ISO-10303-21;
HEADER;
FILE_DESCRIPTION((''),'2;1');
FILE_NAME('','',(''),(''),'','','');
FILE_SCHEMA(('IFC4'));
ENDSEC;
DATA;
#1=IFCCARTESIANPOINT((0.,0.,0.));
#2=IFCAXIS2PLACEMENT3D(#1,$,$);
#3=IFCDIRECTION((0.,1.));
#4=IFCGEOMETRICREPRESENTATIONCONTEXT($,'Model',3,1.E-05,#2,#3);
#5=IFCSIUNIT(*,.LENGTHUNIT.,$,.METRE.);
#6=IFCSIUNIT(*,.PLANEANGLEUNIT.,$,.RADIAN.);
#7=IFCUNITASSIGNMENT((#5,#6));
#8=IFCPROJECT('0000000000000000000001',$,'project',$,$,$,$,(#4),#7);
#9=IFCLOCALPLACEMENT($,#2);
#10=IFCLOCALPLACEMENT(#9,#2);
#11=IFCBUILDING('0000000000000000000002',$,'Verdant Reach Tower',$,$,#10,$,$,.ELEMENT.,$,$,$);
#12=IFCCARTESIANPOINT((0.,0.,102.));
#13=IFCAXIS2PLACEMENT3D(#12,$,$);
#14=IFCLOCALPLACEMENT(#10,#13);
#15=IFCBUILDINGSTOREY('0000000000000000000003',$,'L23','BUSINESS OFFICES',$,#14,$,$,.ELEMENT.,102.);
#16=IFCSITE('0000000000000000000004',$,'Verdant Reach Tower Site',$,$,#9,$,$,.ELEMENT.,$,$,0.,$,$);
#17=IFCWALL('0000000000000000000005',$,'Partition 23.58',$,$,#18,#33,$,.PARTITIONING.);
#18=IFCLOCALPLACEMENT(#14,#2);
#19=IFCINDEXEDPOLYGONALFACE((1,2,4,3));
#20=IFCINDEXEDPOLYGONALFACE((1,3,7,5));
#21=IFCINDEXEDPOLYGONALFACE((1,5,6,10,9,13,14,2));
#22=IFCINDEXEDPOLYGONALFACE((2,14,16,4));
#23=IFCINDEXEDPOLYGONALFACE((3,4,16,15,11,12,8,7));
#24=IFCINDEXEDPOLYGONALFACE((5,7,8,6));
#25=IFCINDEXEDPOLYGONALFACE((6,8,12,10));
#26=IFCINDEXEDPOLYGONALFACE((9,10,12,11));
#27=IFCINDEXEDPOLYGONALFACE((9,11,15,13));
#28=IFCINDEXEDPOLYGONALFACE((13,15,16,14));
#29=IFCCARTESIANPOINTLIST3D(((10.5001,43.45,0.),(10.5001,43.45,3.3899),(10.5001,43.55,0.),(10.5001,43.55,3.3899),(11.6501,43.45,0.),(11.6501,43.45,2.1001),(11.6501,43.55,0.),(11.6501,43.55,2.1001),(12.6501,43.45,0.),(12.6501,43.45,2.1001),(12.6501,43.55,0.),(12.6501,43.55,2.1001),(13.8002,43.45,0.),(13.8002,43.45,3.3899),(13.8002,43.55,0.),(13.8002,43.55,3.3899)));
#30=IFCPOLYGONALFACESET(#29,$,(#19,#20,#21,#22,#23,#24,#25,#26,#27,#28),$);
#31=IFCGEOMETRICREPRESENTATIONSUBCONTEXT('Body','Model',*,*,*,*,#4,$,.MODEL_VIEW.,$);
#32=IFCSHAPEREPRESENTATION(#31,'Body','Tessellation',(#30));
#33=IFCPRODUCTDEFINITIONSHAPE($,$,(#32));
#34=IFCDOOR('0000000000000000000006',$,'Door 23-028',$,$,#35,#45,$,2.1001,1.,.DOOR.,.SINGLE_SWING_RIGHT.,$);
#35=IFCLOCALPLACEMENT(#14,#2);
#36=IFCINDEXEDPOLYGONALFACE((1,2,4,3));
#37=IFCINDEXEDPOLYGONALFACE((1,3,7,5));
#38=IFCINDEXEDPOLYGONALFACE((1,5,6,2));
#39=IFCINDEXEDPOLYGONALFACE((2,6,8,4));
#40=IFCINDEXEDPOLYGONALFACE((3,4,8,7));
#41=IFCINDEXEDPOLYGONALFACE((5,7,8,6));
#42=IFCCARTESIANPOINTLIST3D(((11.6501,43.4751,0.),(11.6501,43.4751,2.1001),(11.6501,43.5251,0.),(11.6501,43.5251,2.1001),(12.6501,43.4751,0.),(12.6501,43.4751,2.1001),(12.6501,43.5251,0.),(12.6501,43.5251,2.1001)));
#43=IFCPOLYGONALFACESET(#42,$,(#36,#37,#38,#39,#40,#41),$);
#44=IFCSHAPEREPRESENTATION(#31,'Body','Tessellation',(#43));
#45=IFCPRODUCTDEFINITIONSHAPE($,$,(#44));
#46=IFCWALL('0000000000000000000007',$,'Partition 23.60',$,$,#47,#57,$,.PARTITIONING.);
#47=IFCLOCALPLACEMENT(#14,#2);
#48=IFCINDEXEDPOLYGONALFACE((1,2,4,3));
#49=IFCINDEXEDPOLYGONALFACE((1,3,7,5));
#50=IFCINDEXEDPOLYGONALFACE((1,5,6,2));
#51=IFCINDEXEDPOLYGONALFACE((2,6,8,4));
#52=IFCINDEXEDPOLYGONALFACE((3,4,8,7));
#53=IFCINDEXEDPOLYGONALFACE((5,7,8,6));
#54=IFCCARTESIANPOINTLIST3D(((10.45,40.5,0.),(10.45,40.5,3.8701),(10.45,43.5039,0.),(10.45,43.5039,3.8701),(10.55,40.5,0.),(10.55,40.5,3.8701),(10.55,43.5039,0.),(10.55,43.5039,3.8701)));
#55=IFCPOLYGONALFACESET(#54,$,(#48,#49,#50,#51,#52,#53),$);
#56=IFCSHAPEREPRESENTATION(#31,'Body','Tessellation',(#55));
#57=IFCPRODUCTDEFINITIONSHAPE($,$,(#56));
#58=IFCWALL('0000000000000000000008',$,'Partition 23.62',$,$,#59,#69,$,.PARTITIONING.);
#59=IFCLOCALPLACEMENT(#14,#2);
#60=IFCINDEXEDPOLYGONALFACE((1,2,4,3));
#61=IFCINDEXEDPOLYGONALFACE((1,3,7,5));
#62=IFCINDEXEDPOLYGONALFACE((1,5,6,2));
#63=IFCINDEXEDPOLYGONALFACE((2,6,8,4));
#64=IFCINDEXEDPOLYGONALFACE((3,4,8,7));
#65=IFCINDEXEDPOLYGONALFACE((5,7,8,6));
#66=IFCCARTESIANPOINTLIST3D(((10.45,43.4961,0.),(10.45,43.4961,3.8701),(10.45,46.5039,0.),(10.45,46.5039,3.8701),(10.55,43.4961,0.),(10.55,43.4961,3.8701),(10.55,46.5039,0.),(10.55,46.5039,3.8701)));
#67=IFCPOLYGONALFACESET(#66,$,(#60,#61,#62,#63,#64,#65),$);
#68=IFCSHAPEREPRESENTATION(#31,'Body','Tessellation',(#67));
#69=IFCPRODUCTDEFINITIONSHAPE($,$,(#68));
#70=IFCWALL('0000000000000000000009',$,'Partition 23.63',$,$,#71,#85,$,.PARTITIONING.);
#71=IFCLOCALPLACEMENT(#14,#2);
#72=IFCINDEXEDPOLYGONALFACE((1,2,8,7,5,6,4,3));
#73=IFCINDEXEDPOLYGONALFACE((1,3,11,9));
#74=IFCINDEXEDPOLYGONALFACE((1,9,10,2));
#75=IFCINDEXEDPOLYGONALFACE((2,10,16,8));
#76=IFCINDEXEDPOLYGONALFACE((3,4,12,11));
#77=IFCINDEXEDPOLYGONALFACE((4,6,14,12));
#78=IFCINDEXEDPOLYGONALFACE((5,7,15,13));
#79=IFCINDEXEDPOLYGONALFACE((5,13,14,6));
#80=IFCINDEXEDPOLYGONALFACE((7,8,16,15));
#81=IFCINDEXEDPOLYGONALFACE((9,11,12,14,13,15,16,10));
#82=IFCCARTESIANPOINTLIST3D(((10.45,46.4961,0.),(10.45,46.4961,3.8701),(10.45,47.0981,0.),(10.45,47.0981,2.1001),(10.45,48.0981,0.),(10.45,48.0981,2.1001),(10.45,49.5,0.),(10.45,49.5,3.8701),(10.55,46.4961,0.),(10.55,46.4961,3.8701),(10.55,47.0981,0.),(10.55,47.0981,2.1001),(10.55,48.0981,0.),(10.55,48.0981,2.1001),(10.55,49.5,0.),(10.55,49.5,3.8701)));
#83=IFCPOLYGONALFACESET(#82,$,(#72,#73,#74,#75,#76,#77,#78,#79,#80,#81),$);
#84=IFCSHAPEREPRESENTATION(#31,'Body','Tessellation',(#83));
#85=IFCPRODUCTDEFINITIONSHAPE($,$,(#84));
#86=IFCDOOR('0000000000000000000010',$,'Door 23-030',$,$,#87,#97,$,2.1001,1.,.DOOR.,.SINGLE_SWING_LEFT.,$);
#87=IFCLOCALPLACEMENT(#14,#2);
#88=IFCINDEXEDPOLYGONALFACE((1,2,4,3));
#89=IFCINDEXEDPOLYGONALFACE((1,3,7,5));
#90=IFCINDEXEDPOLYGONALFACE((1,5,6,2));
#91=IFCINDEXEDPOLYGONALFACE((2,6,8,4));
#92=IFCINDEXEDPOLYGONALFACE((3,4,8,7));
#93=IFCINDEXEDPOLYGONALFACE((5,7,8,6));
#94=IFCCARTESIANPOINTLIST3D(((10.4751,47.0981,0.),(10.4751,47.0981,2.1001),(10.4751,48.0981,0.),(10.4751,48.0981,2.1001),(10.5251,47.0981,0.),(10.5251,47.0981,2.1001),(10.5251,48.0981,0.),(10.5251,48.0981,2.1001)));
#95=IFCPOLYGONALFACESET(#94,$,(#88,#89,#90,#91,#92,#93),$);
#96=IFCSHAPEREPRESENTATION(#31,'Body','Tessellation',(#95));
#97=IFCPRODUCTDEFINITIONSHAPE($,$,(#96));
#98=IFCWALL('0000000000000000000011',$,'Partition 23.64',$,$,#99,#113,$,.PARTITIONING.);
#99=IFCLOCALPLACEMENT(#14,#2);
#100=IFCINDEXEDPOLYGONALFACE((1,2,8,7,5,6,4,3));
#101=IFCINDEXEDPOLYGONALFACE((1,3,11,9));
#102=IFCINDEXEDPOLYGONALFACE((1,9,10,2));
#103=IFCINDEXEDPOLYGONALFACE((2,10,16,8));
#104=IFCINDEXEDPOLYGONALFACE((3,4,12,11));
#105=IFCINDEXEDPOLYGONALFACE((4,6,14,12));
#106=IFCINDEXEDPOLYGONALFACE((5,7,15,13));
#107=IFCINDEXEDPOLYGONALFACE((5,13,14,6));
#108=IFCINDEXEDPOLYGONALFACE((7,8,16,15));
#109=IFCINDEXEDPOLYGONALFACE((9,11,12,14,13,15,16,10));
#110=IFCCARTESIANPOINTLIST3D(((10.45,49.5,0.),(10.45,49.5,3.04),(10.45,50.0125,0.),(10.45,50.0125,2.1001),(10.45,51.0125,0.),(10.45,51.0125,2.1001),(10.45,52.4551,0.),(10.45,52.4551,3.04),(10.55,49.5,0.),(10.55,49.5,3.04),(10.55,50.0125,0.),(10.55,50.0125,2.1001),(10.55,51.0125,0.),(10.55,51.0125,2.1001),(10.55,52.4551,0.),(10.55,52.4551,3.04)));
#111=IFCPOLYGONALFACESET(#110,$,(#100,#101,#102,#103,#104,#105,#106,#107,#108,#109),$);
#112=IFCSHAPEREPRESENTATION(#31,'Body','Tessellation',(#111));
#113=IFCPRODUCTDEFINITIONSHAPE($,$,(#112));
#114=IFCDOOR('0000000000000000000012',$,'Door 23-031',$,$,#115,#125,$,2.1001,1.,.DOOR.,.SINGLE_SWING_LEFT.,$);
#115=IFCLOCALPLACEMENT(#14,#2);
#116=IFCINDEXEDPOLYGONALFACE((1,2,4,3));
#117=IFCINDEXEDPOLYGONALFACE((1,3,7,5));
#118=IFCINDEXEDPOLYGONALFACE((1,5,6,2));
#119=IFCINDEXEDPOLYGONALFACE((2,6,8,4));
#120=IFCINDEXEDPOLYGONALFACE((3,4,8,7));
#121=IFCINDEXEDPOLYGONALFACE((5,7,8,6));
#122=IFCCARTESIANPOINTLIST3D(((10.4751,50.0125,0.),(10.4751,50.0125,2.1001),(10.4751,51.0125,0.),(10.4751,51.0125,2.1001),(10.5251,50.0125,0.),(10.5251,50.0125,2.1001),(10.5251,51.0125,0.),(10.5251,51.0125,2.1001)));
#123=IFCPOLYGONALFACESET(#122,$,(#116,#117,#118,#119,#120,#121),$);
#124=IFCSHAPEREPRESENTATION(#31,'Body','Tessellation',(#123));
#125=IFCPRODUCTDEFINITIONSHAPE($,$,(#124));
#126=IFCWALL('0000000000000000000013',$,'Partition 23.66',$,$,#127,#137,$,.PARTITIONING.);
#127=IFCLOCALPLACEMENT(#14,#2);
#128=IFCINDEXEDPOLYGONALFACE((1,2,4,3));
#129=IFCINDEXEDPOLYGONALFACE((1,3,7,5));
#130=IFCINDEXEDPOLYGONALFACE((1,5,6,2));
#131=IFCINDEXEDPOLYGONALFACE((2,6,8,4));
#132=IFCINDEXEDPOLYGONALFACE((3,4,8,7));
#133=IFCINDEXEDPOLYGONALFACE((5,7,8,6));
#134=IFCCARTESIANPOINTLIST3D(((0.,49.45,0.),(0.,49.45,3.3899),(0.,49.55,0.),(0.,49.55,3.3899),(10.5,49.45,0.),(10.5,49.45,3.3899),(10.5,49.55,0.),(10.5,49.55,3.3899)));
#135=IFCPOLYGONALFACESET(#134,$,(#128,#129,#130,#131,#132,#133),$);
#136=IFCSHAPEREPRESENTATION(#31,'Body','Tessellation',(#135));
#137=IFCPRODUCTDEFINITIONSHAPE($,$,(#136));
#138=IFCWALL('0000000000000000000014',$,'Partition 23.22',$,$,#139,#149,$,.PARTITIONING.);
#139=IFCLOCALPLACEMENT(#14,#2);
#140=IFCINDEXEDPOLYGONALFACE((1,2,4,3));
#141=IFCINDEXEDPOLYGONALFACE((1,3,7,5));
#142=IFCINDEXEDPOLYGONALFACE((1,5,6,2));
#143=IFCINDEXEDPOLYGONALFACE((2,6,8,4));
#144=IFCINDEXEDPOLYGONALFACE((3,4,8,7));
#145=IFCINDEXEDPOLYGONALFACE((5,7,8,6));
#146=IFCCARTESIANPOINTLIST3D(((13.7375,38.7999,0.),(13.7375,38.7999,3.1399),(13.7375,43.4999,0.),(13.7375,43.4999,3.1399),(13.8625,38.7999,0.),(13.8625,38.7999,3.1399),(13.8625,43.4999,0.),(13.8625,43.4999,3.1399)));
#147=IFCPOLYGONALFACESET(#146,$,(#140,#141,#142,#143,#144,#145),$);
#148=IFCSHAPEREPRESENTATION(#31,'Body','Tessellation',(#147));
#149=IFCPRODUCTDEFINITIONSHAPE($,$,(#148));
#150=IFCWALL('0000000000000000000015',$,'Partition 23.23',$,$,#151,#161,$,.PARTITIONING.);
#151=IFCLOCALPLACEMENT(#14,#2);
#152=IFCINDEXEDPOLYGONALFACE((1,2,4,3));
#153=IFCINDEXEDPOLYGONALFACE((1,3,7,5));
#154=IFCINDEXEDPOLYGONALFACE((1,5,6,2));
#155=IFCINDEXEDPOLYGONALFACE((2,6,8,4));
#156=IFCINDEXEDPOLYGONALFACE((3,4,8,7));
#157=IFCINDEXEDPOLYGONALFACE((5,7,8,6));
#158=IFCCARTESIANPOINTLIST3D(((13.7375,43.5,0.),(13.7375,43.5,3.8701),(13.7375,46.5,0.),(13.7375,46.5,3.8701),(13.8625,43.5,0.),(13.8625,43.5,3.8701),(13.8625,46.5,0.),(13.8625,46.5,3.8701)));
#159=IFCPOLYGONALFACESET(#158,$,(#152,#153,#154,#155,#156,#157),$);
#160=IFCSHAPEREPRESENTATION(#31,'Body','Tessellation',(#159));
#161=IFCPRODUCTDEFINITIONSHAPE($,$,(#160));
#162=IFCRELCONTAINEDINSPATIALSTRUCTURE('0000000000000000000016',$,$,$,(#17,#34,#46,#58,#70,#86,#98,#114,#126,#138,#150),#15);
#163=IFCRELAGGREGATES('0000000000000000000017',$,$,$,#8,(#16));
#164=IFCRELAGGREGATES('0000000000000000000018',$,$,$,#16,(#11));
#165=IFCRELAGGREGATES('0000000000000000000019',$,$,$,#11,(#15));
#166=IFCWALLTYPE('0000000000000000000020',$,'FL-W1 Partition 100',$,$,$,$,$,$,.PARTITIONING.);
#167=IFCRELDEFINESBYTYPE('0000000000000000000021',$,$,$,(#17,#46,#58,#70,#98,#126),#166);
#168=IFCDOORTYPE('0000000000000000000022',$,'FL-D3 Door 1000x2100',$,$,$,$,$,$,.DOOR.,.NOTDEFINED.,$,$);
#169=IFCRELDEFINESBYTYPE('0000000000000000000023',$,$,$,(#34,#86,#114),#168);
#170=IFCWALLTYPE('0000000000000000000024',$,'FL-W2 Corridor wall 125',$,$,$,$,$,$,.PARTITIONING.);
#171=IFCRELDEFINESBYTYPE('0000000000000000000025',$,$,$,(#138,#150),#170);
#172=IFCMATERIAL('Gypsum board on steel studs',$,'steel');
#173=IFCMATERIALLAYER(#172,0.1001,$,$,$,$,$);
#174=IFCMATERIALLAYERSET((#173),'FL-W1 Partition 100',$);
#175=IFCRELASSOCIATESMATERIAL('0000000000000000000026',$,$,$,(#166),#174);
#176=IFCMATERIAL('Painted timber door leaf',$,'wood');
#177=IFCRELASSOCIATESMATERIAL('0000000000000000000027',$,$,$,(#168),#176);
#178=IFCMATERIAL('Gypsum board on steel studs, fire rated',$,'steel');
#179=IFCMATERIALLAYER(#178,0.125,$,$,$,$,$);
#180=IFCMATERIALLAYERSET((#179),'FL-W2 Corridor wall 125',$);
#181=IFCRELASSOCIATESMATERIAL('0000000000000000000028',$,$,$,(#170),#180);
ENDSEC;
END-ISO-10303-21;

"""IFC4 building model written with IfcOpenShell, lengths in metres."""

from ifc_helpers import new_model, si_unit, direction, frame, frame_2d, origin, place, context, subcontext, project, spatial, rectangle, extrude, material, layer, layer_set, type_object, element, fill, save


model = new_model("IFC4")

# Units and contexts
model_context = context("Model", 3, precision=1e-05, world=origin(), true_north=direction((0.0, 1.0)))
body_context = subcontext(model_context, "Body", "Model", "MODEL_VIEW")
ifc_project = project(units=[si_unit("LENGTHUNIT", "METRE"), si_unit("PLANEANGLEUNIT", "RADIAN")], contexts=[model_context])

# Site, building, storey
site_placement = place(None, origin())
site = spatial("IfcSite", under=ifc_project, at=site_placement, Name="Verdant Reach Tower Site", CompositionType="ELEMENT", RefElevation=0.0)
building_placement = place(site_placement, origin())
building = spatial("IfcBuilding", under=site, at=building_placement, Name="Verdant Reach Tower", CompositionType="ELEMENT")
storey_placement = place(building_placement, frame((0.0, 0.0, 102.0)))
storey = spatial("IfcBuildingStorey", under=building, at=storey_placement, Name="L23", Description="BUSINESS OFFICES", CompositionType="ELEMENT", Elevation=102.0)

# Shared definitions
ifc_material_1 = material(Name="Gypsum board on steel studs", Category="steel")
ifc_layer_1 = layer(ifc_material_1, 0.1001)
ifc_layer_set_1 = layer_set([ifc_layer_1], Name="FL-W1 Partition 100")
wall_type_1 = type_object("IfcWallType", Name="FL-W1 Partition 100", PredefinedType="PARTITIONING", material=ifc_layer_set_1)

# Wall, opening, door
wall_1_placement = place(storey_placement, frame((13.8, 43.5, 0.0), z_axis=(0.0, 0.0, 1.0), x_axis=(-1.0, 0.0, 0.0)))
wall_1 = element("IfcWall", 1, at=wall_1_placement, inside=storey, type_object=wall_type_1, Name="Partition 23.58", PredefinedType="PARTITIONING", context=body_context, shape_type="SweptSolid", body=[
    extrude(rectangle(XDim=3.3, YDim=0.1001, at=frame_2d((1.6499, 0.0))), origin(), (0.0, 0.0, 1.0), 3.3899),
])
opening_1_placement = place(wall_1_placement, frame((1.1499, 0.0, 0.0)))
opening_1 = element("IfcOpeningElement", 2, at=opening_1_placement, cuts=wall_1, PredefinedType="OPENING", context=body_context, shape_type="SweptSolid", body=[
    extrude(rectangle(XDim=1.0, YDim=2.1001, at=frame_2d((0.5, 1.05))), frame((0.0, 0.0601, 0.0), z_axis=(0.0, -1.0, 0.0), x_axis=(1.0, 0.0, 0.0)), (0.0, 0.0, 1.0), 0.1201),
])
ifc_material_2 = material(Name="Painted timber door leaf", Category="wood")
door_type = type_object("IfcDoorType", Name="FL-D3 Door 1000x2100", OperationType="NOTDEFINED", PredefinedType="DOOR", material=ifc_material_2)
door_1_placement = place(opening_1_placement, origin())
door_1 = element("IfcDoor", 3, at=door_1_placement, inside=storey, type_object=door_type, Name="Door 23-028", OperationType="SINGLE_SWING_RIGHT", OverallHeight=2.1001, OverallWidth=1.0, PredefinedType="DOOR", context=body_context, shape_type="SweptSolid", body=[
    extrude(rectangle(XDim=1.0, YDim=2.1001, at=frame_2d((0.5, 1.05))), frame((0.0, 0.0249, 0.0), z_axis=(0.0, -1.0, 0.0), x_axis=(1.0, 0.0, 0.0)), (0.0, 0.0, 1.0), 0.05),
])
fill(opening_1, door_1)

# Walls
wall_2_placement = place(storey_placement, frame((10.5, 43.5039, 0.0), z_axis=(0.0, 0.0, 1.0), x_axis=(0.0, -1.0, 0.0)))
element("IfcWall", 4, at=wall_2_placement, inside=storey, type_object=wall_type_1, Name="Partition 23.60", PredefinedType="PARTITIONING", context=body_context, shape_type="SweptSolid", body=[
    extrude(rectangle(XDim=3.0039, YDim=0.1001, at=frame_2d((1.502, 0.0))), origin(), (0.0, 0.0, 1.0), 3.8701),
])
wall_3_placement = place(storey_placement, frame((10.5, 46.5039, 0.0), z_axis=(0.0, 0.0, 1.0), x_axis=(0.0, -1.0, 0.0)))
element("IfcWall", 5, at=wall_3_placement, inside=storey, type_object=wall_type_1, Name="Partition 23.62", PredefinedType="PARTITIONING", context=body_context, shape_type="SweptSolid", body=[
    extrude(rectangle(XDim=3.0078, YDim=0.1001, at=frame_2d((1.5039, 0.0))), origin(), (0.0, 0.0, 1.0), 3.8701),
])

# Walls, openings, doors
wall_4_placement = place(storey_placement, frame((10.5, 46.4961, 0.0), z_axis=(0.0, 0.0, 1.0), x_axis=(0.0, 1.0, 0.0)))
wall_4 = element("IfcWall", 6, at=wall_4_placement, inside=storey, type_object=wall_type_1, Name="Partition 23.63", PredefinedType="PARTITIONING", context=body_context, shape_type="SweptSolid", body=[
    extrude(rectangle(XDim=3.0039, YDim=0.1001, at=frame_2d((1.502, 0.0))), origin(), (0.0, 0.0, 1.0), 3.8701),
])
opening_2_placement = place(wall_4_placement, frame((0.6021, 0.0, 0.0)))
opening_2 = element("IfcOpeningElement", 7, at=opening_2_placement, cuts=wall_4, PredefinedType="OPENING", context=body_context, shape_type="SweptSolid", body=[
    extrude(rectangle(XDim=1.0, YDim=2.1001, at=frame_2d((0.5, 1.05))), frame((0.0, 0.0601, 0.0), z_axis=(0.0, -1.0, 0.0), x_axis=(1.0, 0.0, 0.0)), (0.0, 0.0, 1.0), 0.1201),
])
door_2_placement = place(opening_2_placement, origin())
door_2 = element("IfcDoor", 8, at=door_2_placement, inside=storey, type_object=door_type, Name="Door 23-030", OperationType="SINGLE_SWING_LEFT", OverallHeight=2.1001, OverallWidth=1.0, PredefinedType="DOOR", context=body_context, shape_type="SweptSolid", body=[
    extrude(rectangle(XDim=1.0, YDim=2.1001, at=frame_2d((0.5, 1.05))), frame((0.0, 0.0249, 0.0), z_axis=(0.0, -1.0, 0.0), x_axis=(1.0, 0.0, 0.0)), (0.0, 0.0, 1.0), 0.05),
])
fill(opening_2, door_2)
wall_5_placement = place(storey_placement, frame((10.5, 49.5, 0.0), z_axis=(0.0, 0.0, 1.0), x_axis=(0.0, 1.0, 0.0)))
wall_5 = element("IfcWall", 9, at=wall_5_placement, inside=storey, type_object=wall_type_1, Name="Partition 23.64", PredefinedType="PARTITIONING", context=body_context, shape_type="SweptSolid", body=[
    extrude(rectangle(XDim=2.9551, YDim=0.1001, at=frame_2d((1.4775, 0.0))), origin(), (0.0, 0.0, 1.0), 3.04),
])
opening_3_placement = place(wall_5_placement, frame((0.5125, 0.0, 0.0)))
opening_3 = element("IfcOpeningElement", 10, at=opening_3_placement, cuts=wall_5, PredefinedType="OPENING", context=body_context, shape_type="SweptSolid", body=[
    extrude(rectangle(XDim=1.0, YDim=2.1001, at=frame_2d((0.5, 1.05))), frame((0.0, 0.0601, 0.0), z_axis=(0.0, -1.0, 0.0), x_axis=(1.0, 0.0, 0.0)), (0.0, 0.0, 1.0), 0.1201),
])
door_3_placement = place(opening_3_placement, origin())
door_3 = element("IfcDoor", 11, at=door_3_placement, inside=storey, type_object=door_type, Name="Door 23-031", OperationType="SINGLE_SWING_LEFT", OverallHeight=2.1001, OverallWidth=1.0, PredefinedType="DOOR", context=body_context, shape_type="SweptSolid", body=[
    extrude(rectangle(XDim=1.0, YDim=2.1001, at=frame_2d((0.5, 1.05))), frame((0.0, 0.0249, 0.0), z_axis=(0.0, -1.0, 0.0), x_axis=(1.0, 0.0, 0.0)), (0.0, 0.0, 1.0), 0.05),
])
fill(opening_3, door_3)

# Walls
wall_6_placement = place(storey_placement, frame((10.5, 49.5, 0.0), z_axis=(0.0, 0.0, 1.0), x_axis=(-1.0, 0.0, 0.0)))
element("IfcWall", 12, at=wall_6_placement, inside=storey, type_object=wall_type_1, Name="Partition 23.66", PredefinedType="PARTITIONING", context=body_context, shape_type="SweptSolid", body=[
    extrude(rectangle(XDim=10.5, YDim=0.1001, at=frame_2d((5.25, 0.0))), origin(), (0.0, 0.0, 1.0), 3.3899),
])
ifc_material_3 = material(Name="Gypsum board on steel studs, fire rated", Category="steel")
ifc_layer_2 = layer(ifc_material_3, 0.125)
ifc_layer_set_2 = layer_set([ifc_layer_2], Name="FL-W2 Corridor wall 125")
wall_type_2 = type_object("IfcWallType", Name="FL-W2 Corridor wall 125", PredefinedType="PARTITIONING", material=ifc_layer_set_2)
wall_7_placement = place(storey_placement, frame((13.8, 43.5, 0.0), z_axis=(0.0, 0.0, 1.0), x_axis=(0.0, -1.0, 0.0)))
element("IfcWall", 13, at=wall_7_placement, inside=storey, type_object=wall_type_2, Name="Partition 23.22", PredefinedType="PARTITIONING", context=body_context, shape_type="SweptSolid", body=[
    extrude(rectangle(XDim=4.7, YDim=0.125, at=frame_2d((2.3501, 0.0))), origin(), (0.0, 0.0, 1.0), 3.1399),
])
wall_8_placement = place(storey_placement, frame((13.8, 46.5, 0.0), z_axis=(0.0, 0.0, 1.0), x_axis=(0.0, -1.0, 0.0)))
element("IfcWall", 14, at=wall_8_placement, inside=storey, type_object=wall_type_2, Name="Partition 23.23", PredefinedType="PARTITIONING", context=body_context, shape_type="SweptSolid", body=[
    extrude(rectangle(XDim=3.0, YDim=0.125, at=frame_2d((1.5, 0.0))), origin(), (0.0, 0.0, 1.0), 3.8701),
])

save(model, "model.ifc")
